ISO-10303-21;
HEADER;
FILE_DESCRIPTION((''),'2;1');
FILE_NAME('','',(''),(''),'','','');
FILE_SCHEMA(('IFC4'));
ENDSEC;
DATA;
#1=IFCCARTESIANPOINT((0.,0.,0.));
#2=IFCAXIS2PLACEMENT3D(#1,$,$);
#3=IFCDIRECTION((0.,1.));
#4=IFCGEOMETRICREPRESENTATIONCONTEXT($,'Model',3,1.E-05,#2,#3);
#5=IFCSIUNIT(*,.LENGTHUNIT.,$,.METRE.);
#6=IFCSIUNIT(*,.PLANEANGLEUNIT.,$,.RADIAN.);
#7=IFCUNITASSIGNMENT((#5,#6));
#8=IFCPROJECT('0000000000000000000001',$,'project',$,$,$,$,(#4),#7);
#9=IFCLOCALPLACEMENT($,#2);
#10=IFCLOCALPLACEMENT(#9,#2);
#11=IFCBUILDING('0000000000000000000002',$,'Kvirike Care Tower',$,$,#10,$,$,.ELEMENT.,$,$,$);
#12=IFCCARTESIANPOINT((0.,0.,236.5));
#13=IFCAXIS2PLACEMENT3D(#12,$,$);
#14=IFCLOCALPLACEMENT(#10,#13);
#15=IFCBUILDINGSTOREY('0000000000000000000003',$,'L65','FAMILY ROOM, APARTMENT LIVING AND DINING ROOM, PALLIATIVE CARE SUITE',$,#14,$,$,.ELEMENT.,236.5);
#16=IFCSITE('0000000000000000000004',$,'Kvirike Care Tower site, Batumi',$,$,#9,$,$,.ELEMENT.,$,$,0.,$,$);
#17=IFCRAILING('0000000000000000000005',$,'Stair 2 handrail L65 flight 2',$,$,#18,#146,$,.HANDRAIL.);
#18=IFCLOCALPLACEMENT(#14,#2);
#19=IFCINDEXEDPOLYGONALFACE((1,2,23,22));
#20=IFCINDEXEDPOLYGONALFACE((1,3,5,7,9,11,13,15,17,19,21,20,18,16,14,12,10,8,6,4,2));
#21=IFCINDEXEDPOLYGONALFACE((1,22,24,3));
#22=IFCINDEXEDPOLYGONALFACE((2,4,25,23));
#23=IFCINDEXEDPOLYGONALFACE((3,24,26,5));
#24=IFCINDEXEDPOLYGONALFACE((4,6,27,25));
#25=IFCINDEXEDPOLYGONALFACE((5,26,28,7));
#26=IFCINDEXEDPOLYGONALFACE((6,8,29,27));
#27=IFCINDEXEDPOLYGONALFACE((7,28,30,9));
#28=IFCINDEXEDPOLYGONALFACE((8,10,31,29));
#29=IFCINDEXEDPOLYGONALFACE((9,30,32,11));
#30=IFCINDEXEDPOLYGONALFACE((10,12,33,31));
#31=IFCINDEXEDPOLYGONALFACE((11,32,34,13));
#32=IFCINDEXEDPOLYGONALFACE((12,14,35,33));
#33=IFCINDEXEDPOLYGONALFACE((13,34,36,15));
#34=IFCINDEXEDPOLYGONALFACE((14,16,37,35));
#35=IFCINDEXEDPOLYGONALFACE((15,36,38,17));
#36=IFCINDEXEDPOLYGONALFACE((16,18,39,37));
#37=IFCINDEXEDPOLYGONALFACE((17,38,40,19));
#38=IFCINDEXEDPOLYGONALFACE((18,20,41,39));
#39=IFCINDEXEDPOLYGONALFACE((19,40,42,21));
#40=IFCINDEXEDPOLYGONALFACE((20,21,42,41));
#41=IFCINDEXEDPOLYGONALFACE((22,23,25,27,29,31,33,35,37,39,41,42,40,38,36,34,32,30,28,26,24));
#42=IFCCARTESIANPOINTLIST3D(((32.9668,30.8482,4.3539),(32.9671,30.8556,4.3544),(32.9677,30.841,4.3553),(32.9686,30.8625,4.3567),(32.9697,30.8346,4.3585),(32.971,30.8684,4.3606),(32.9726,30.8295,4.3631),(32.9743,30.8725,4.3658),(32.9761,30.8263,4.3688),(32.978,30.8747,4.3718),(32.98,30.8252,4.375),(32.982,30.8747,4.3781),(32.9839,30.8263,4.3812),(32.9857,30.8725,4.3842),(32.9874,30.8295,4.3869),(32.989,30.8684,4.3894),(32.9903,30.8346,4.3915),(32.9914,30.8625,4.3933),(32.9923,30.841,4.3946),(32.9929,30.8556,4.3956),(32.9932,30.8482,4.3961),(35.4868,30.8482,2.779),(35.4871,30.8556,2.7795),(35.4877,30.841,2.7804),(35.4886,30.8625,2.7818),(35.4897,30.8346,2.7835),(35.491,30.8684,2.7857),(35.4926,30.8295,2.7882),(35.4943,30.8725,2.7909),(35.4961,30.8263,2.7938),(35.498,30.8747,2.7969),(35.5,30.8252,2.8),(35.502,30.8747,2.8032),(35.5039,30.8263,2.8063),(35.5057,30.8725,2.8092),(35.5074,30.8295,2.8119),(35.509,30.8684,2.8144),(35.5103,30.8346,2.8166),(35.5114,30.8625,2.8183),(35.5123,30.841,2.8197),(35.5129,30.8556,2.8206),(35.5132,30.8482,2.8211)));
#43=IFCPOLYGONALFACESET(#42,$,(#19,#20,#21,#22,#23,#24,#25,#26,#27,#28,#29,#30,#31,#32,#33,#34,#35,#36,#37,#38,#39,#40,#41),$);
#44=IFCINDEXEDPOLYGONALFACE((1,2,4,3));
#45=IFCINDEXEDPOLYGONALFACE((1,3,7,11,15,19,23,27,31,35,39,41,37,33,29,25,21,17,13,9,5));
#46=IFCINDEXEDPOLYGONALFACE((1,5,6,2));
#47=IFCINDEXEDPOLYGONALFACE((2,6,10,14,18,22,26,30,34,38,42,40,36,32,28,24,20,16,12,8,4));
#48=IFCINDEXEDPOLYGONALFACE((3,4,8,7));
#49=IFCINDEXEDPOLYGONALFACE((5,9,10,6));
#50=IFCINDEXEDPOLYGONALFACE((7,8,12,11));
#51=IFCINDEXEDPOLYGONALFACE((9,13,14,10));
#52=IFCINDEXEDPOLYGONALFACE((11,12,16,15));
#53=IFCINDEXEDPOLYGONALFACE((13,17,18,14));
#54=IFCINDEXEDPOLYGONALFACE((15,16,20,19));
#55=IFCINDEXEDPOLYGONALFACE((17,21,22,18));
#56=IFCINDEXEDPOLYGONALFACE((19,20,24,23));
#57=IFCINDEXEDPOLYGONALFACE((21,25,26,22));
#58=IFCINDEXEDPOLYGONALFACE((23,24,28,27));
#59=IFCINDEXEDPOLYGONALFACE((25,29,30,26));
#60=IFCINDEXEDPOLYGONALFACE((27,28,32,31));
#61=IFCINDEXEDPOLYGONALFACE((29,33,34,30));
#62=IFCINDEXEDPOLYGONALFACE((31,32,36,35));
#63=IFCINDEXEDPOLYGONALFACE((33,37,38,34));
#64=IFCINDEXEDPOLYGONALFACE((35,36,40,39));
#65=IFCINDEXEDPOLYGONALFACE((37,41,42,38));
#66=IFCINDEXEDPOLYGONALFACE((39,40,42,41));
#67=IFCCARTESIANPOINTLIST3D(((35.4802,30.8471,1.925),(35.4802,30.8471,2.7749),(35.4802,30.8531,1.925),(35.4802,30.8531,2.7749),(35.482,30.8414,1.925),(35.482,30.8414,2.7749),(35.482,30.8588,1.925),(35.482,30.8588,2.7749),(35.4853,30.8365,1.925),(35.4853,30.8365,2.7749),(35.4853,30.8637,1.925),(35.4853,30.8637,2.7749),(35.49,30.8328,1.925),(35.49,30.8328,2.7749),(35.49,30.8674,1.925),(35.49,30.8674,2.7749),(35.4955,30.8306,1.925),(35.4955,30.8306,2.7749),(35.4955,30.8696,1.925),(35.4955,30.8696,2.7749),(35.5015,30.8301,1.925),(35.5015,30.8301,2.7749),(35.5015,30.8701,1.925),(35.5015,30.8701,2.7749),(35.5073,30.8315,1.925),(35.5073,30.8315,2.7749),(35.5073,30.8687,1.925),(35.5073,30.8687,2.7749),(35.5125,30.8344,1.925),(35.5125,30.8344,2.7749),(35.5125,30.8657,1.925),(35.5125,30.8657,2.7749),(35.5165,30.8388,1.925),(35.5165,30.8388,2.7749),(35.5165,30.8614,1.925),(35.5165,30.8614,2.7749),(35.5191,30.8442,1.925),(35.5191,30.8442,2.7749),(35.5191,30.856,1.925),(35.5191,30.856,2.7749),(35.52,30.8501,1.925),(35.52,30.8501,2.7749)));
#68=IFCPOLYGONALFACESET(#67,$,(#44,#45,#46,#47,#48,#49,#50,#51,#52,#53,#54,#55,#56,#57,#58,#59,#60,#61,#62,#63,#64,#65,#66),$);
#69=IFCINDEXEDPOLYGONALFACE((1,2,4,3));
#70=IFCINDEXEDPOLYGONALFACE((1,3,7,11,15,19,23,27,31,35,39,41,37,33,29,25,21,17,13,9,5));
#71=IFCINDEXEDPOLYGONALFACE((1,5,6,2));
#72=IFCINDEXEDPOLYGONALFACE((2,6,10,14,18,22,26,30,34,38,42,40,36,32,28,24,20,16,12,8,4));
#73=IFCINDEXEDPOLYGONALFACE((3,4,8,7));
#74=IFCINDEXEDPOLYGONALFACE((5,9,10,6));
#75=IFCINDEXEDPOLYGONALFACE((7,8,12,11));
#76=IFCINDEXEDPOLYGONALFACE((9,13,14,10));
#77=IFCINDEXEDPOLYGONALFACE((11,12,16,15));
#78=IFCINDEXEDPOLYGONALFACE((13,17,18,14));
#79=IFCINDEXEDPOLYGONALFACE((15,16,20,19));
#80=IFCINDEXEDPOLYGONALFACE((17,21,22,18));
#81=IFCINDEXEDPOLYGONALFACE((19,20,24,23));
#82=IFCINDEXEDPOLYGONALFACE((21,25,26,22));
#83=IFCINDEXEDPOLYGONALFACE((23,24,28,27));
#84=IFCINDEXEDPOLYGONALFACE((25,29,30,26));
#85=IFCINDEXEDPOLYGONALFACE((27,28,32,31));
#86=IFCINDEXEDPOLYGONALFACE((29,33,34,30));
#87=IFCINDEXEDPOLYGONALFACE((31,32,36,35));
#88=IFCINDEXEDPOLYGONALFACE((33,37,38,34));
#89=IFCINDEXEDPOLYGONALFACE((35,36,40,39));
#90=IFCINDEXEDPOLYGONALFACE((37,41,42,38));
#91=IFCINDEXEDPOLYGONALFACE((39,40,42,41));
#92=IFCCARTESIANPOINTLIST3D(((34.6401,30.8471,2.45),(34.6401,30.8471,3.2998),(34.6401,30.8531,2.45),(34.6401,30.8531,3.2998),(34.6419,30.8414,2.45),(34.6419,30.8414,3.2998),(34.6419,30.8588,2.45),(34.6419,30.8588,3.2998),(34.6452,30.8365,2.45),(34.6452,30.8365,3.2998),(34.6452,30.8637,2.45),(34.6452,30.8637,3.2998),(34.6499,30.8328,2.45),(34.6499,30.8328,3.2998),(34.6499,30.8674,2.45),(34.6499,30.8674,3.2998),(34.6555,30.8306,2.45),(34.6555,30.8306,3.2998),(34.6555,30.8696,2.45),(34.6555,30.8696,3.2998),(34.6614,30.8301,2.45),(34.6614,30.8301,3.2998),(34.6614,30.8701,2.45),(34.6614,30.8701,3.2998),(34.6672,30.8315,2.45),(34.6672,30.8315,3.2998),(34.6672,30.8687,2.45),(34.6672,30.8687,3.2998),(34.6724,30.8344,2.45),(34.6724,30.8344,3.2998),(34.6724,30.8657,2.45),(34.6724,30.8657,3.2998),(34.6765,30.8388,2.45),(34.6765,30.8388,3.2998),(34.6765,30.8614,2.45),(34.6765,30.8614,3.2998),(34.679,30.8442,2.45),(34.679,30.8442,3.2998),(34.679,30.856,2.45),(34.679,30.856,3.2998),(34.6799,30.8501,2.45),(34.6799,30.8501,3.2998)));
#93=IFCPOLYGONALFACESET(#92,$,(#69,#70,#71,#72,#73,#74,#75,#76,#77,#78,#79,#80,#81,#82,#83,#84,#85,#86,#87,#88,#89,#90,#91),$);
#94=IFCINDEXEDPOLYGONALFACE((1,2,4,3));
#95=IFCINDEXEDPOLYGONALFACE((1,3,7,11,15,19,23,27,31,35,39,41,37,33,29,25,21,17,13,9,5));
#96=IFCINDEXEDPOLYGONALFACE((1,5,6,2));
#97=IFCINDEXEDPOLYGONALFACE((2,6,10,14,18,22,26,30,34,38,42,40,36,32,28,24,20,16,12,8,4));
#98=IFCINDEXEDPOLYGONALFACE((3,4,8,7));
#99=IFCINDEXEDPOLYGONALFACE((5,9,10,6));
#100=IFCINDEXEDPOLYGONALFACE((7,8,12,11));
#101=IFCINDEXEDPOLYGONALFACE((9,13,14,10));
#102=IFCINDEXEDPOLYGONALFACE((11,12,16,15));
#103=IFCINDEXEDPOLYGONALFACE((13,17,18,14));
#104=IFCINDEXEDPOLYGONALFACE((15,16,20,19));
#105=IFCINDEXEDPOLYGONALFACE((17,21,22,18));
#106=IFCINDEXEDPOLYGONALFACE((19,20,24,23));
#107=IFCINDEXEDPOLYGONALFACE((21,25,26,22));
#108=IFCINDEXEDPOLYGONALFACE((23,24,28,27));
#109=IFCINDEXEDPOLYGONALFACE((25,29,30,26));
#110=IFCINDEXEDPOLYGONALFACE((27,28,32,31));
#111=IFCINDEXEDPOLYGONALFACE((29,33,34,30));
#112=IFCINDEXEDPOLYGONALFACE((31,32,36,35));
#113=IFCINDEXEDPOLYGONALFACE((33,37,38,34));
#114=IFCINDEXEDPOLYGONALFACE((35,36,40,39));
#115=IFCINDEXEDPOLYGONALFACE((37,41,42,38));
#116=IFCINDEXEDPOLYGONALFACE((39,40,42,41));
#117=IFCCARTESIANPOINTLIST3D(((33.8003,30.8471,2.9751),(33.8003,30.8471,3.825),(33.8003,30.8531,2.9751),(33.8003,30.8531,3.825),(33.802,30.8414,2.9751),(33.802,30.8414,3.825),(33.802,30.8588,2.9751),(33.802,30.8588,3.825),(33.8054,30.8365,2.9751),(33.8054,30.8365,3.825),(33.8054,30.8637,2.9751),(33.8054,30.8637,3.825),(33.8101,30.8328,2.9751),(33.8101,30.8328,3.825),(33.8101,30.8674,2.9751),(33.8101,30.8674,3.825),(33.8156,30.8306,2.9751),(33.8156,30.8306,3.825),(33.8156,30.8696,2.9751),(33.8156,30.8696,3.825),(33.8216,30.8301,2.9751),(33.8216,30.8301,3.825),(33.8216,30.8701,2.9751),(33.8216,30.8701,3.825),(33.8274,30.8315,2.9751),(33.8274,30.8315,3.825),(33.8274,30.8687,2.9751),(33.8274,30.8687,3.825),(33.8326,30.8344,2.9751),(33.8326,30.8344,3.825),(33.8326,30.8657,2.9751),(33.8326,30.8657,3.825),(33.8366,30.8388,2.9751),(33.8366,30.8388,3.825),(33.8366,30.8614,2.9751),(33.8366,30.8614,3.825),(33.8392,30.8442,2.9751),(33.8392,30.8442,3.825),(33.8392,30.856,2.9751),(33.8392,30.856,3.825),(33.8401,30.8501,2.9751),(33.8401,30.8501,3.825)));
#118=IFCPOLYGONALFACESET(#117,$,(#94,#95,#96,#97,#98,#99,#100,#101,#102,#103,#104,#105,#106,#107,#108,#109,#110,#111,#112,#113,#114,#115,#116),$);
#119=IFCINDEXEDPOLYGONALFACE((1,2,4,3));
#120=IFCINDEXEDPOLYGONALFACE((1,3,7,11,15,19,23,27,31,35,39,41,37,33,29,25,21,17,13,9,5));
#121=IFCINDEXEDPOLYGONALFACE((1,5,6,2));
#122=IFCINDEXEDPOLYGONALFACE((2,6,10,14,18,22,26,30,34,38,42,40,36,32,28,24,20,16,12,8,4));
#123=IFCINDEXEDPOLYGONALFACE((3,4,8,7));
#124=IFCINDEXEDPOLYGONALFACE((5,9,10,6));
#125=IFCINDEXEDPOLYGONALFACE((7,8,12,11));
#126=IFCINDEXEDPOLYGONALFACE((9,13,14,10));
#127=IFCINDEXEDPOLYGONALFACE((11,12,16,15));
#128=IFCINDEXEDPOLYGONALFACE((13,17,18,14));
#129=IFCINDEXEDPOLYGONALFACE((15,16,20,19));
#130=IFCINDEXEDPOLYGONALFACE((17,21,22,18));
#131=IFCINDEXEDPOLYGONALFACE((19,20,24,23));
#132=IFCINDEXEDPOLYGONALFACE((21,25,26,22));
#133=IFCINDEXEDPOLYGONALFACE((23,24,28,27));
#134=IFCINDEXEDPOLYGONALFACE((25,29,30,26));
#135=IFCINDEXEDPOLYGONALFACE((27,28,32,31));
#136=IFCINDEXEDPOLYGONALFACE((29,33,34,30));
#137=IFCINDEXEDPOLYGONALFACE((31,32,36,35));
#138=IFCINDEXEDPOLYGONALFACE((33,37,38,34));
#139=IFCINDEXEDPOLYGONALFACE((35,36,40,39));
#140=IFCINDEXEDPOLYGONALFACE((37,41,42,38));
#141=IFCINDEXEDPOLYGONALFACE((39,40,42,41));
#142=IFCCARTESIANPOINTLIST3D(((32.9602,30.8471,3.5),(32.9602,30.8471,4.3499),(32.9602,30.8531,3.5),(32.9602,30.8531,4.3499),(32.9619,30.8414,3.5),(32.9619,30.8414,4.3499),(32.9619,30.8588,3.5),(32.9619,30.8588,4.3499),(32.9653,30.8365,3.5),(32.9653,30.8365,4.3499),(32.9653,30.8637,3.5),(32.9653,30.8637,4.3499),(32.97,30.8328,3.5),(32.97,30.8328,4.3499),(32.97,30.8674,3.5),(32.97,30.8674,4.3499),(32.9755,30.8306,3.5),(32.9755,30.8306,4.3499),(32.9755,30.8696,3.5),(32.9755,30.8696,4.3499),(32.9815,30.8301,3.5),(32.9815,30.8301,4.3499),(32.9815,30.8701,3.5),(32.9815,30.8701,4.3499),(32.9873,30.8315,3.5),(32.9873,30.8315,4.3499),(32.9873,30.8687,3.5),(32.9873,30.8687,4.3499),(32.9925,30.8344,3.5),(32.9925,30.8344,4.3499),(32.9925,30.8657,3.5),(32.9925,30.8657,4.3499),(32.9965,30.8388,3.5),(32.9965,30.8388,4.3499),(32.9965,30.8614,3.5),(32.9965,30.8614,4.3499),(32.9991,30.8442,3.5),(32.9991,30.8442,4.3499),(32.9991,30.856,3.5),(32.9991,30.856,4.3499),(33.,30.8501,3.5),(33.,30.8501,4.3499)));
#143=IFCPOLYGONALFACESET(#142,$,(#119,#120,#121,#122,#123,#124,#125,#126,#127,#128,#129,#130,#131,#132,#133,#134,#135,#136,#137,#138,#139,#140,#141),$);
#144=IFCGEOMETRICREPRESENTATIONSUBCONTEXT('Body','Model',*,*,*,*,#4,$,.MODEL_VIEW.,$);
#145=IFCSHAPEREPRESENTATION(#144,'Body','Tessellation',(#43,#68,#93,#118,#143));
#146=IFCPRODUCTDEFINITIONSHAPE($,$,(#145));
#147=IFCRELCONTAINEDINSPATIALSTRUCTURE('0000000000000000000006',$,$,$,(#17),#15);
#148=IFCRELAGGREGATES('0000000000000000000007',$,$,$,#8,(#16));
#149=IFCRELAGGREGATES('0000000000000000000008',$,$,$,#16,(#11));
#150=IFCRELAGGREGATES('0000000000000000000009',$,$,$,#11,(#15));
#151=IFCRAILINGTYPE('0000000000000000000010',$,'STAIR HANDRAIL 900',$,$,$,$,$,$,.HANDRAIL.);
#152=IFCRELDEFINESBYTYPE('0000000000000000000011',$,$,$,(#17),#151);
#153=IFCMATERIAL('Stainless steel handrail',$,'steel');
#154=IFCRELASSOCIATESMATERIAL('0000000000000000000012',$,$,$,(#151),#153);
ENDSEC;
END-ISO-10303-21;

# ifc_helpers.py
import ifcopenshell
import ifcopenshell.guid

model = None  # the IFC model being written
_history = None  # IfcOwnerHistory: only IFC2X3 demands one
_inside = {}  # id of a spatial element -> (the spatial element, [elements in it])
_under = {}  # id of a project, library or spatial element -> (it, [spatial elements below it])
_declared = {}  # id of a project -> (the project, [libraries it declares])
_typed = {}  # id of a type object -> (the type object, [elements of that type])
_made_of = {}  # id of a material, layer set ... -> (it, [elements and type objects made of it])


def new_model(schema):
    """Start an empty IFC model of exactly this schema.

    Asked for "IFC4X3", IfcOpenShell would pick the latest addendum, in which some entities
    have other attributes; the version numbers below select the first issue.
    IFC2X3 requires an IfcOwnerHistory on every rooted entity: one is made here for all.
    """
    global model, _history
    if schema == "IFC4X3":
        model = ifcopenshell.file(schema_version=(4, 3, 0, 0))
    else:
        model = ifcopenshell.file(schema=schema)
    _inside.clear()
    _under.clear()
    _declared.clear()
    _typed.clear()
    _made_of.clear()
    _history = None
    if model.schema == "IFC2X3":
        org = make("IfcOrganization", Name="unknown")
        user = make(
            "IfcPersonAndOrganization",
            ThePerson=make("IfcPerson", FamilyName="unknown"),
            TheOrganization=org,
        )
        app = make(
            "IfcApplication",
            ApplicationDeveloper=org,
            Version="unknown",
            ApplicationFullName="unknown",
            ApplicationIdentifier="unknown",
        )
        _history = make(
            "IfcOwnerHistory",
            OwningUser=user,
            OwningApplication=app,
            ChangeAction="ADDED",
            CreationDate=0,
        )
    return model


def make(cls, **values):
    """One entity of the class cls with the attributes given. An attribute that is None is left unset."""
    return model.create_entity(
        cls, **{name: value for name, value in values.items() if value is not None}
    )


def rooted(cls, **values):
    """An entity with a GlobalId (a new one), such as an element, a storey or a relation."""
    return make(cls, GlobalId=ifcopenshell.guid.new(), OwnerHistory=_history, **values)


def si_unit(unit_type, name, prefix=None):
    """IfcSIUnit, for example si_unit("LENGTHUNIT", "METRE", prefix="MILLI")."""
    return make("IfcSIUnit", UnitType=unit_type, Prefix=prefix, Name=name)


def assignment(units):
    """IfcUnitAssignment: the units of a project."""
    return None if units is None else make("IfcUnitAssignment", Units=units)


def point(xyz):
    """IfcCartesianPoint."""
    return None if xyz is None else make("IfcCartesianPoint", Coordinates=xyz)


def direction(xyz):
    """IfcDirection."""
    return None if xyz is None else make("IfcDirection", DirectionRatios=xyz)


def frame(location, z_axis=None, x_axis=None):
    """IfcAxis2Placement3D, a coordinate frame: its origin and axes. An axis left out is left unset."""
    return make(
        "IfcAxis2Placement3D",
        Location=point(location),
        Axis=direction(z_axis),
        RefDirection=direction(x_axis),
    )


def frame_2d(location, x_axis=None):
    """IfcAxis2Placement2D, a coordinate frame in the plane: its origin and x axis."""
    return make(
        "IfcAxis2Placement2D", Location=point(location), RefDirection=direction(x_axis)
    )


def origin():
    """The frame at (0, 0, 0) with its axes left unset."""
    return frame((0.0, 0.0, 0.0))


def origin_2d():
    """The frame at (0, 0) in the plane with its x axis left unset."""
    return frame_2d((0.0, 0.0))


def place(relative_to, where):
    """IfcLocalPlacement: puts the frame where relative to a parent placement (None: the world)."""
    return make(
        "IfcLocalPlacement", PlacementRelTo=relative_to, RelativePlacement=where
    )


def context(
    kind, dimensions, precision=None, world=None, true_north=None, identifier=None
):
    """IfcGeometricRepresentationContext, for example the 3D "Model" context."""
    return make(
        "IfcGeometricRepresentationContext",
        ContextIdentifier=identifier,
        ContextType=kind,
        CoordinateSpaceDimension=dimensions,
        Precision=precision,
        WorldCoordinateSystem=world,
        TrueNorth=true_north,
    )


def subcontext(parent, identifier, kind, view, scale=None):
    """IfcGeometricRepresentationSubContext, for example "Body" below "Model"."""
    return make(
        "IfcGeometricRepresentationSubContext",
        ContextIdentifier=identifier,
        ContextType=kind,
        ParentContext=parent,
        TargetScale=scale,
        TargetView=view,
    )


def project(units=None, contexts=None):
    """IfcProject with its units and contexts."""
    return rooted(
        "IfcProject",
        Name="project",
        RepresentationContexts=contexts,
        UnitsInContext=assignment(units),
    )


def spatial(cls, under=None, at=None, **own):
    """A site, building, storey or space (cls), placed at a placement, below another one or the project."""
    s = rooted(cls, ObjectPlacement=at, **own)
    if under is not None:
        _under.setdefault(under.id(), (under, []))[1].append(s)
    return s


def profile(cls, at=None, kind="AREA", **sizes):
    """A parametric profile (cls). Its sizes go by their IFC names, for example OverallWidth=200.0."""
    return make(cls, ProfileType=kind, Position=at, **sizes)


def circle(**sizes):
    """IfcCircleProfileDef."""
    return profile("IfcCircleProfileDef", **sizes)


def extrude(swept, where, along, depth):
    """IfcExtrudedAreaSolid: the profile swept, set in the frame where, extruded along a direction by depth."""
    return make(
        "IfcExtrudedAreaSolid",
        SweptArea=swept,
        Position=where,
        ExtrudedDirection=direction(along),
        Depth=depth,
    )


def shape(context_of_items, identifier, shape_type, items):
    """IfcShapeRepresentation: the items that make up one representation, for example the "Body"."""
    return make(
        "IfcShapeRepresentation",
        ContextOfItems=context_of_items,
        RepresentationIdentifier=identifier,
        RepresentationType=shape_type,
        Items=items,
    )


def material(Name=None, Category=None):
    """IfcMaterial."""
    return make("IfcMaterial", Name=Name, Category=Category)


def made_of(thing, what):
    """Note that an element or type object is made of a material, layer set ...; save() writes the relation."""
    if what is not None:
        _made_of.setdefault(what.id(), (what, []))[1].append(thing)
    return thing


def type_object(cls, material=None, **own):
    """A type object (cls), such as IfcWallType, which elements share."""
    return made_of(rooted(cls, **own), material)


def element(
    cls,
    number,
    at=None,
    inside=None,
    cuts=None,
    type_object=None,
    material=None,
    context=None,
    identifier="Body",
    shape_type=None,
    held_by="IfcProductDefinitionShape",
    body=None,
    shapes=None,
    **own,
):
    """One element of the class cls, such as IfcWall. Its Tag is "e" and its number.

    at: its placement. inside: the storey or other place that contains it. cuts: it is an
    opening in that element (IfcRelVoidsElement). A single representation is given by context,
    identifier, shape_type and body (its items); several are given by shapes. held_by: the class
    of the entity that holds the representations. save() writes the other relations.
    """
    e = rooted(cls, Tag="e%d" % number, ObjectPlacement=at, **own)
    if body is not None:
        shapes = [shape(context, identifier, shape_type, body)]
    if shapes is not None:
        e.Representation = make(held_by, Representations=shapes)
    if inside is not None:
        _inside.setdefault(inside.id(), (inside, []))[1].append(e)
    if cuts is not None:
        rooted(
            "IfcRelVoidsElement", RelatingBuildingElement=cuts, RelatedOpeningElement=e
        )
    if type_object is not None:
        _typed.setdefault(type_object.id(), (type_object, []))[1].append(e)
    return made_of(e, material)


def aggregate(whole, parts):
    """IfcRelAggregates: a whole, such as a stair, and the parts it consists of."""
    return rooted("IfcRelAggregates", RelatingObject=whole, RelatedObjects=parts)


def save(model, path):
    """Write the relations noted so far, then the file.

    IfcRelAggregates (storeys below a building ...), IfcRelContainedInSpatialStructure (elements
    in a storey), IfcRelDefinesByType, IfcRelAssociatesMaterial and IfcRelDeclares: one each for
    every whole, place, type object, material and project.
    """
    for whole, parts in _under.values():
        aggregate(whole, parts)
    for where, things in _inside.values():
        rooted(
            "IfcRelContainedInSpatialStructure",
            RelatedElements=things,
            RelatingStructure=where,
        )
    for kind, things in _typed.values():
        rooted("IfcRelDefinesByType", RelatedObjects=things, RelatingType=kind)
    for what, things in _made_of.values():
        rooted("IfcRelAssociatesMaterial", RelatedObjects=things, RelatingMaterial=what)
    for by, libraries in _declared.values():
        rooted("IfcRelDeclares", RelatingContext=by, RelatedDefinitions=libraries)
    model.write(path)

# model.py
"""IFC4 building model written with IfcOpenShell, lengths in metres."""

from ifc_helpers import new_model, si_unit, direction, frame, origin, origin_2d, place, context, subcontext, project, spatial, circle, extrude, material, type_object, element, save


model = new_model("IFC4")

# Units and contexts
model_context = context("Model", 3, precision=1e-05, world=origin(), true_north=direction((0.0, 1.0)))
body_context = subcontext(model_context, "Body", "Model", "MODEL_VIEW")
ifc_project = project(units=[si_unit("LENGTHUNIT", "METRE"), si_unit("PLANEANGLEUNIT", "RADIAN")], contexts=[model_context])

# Site, building, storey
site_placement = place(None, origin())
site = spatial("IfcSite", under=ifc_project, at=site_placement, Name="Kvirike Care Tower site, Batumi", CompositionType="ELEMENT", RefElevation=0.0)
building_placement = place(site_placement, origin())
building = spatial("IfcBuilding", under=site, at=building_placement, Name="Kvirike Care Tower", CompositionType="ELEMENT")
storey_placement = place(building_placement, frame((0.0, 0.0, 236.5)))
storey = spatial("IfcBuildingStorey", under=building, at=storey_placement, Name="L65", Description="FAMILY ROOM, APARTMENT LIVING AND DINING ROOM, PALLIATIVE CARE SUITE", CompositionType="ELEMENT", Elevation=236.5)

# Railing
ifc_material_1 = material(Name="Stainless steel handrail", Category="steel")
railing_type = type_object("IfcRailingType", Name="STAIR HANDRAIL 900", PredefinedType="HANDRAIL", material=ifc_material_1)
railing_1_placement = place(storey_placement, frame((35.5, 30.8501, 1.925)))
element("IfcRailing", 1, at=railing_1_placement, inside=storey, type_object=railing_type, Name="Stair 2 handrail L65 flight 2", PredefinedType="HANDRAIL", context=body_context, shape_type="SweptSolid", body=[
    extrude(circle(Radius=0.0249, at=origin_2d()), frame((0.0, 0.0, 0.875), z_axis=(-0.848008, 0.0, 0.529984), x_axis=(0.0, -1.0, 0.0)), (0.0, 0.0, 1.0), 2.9717),
    extrude(circle(Radius=0.02, at=origin_2d()), origin(), (0.0, 0.0, 1.0), 0.8499),
    extrude(circle(Radius=0.02, at=origin_2d()), frame((-0.8401, 0.0, 0.5249)), (0.0, 0.0, 1.0), 0.8499),
    extrude(circle(Radius=0.02, at=origin_2d()), frame((-1.6799, 0.0, 1.05)), (0.0, 0.0, 1.0), 0.8499),
    extrude(circle(Radius=0.02, at=origin_2d()), frame((-2.52, 0.0, 1.575)), (0.0, 0.0, 1.0), 0.8499),
])

save(model, "model.ifc")
